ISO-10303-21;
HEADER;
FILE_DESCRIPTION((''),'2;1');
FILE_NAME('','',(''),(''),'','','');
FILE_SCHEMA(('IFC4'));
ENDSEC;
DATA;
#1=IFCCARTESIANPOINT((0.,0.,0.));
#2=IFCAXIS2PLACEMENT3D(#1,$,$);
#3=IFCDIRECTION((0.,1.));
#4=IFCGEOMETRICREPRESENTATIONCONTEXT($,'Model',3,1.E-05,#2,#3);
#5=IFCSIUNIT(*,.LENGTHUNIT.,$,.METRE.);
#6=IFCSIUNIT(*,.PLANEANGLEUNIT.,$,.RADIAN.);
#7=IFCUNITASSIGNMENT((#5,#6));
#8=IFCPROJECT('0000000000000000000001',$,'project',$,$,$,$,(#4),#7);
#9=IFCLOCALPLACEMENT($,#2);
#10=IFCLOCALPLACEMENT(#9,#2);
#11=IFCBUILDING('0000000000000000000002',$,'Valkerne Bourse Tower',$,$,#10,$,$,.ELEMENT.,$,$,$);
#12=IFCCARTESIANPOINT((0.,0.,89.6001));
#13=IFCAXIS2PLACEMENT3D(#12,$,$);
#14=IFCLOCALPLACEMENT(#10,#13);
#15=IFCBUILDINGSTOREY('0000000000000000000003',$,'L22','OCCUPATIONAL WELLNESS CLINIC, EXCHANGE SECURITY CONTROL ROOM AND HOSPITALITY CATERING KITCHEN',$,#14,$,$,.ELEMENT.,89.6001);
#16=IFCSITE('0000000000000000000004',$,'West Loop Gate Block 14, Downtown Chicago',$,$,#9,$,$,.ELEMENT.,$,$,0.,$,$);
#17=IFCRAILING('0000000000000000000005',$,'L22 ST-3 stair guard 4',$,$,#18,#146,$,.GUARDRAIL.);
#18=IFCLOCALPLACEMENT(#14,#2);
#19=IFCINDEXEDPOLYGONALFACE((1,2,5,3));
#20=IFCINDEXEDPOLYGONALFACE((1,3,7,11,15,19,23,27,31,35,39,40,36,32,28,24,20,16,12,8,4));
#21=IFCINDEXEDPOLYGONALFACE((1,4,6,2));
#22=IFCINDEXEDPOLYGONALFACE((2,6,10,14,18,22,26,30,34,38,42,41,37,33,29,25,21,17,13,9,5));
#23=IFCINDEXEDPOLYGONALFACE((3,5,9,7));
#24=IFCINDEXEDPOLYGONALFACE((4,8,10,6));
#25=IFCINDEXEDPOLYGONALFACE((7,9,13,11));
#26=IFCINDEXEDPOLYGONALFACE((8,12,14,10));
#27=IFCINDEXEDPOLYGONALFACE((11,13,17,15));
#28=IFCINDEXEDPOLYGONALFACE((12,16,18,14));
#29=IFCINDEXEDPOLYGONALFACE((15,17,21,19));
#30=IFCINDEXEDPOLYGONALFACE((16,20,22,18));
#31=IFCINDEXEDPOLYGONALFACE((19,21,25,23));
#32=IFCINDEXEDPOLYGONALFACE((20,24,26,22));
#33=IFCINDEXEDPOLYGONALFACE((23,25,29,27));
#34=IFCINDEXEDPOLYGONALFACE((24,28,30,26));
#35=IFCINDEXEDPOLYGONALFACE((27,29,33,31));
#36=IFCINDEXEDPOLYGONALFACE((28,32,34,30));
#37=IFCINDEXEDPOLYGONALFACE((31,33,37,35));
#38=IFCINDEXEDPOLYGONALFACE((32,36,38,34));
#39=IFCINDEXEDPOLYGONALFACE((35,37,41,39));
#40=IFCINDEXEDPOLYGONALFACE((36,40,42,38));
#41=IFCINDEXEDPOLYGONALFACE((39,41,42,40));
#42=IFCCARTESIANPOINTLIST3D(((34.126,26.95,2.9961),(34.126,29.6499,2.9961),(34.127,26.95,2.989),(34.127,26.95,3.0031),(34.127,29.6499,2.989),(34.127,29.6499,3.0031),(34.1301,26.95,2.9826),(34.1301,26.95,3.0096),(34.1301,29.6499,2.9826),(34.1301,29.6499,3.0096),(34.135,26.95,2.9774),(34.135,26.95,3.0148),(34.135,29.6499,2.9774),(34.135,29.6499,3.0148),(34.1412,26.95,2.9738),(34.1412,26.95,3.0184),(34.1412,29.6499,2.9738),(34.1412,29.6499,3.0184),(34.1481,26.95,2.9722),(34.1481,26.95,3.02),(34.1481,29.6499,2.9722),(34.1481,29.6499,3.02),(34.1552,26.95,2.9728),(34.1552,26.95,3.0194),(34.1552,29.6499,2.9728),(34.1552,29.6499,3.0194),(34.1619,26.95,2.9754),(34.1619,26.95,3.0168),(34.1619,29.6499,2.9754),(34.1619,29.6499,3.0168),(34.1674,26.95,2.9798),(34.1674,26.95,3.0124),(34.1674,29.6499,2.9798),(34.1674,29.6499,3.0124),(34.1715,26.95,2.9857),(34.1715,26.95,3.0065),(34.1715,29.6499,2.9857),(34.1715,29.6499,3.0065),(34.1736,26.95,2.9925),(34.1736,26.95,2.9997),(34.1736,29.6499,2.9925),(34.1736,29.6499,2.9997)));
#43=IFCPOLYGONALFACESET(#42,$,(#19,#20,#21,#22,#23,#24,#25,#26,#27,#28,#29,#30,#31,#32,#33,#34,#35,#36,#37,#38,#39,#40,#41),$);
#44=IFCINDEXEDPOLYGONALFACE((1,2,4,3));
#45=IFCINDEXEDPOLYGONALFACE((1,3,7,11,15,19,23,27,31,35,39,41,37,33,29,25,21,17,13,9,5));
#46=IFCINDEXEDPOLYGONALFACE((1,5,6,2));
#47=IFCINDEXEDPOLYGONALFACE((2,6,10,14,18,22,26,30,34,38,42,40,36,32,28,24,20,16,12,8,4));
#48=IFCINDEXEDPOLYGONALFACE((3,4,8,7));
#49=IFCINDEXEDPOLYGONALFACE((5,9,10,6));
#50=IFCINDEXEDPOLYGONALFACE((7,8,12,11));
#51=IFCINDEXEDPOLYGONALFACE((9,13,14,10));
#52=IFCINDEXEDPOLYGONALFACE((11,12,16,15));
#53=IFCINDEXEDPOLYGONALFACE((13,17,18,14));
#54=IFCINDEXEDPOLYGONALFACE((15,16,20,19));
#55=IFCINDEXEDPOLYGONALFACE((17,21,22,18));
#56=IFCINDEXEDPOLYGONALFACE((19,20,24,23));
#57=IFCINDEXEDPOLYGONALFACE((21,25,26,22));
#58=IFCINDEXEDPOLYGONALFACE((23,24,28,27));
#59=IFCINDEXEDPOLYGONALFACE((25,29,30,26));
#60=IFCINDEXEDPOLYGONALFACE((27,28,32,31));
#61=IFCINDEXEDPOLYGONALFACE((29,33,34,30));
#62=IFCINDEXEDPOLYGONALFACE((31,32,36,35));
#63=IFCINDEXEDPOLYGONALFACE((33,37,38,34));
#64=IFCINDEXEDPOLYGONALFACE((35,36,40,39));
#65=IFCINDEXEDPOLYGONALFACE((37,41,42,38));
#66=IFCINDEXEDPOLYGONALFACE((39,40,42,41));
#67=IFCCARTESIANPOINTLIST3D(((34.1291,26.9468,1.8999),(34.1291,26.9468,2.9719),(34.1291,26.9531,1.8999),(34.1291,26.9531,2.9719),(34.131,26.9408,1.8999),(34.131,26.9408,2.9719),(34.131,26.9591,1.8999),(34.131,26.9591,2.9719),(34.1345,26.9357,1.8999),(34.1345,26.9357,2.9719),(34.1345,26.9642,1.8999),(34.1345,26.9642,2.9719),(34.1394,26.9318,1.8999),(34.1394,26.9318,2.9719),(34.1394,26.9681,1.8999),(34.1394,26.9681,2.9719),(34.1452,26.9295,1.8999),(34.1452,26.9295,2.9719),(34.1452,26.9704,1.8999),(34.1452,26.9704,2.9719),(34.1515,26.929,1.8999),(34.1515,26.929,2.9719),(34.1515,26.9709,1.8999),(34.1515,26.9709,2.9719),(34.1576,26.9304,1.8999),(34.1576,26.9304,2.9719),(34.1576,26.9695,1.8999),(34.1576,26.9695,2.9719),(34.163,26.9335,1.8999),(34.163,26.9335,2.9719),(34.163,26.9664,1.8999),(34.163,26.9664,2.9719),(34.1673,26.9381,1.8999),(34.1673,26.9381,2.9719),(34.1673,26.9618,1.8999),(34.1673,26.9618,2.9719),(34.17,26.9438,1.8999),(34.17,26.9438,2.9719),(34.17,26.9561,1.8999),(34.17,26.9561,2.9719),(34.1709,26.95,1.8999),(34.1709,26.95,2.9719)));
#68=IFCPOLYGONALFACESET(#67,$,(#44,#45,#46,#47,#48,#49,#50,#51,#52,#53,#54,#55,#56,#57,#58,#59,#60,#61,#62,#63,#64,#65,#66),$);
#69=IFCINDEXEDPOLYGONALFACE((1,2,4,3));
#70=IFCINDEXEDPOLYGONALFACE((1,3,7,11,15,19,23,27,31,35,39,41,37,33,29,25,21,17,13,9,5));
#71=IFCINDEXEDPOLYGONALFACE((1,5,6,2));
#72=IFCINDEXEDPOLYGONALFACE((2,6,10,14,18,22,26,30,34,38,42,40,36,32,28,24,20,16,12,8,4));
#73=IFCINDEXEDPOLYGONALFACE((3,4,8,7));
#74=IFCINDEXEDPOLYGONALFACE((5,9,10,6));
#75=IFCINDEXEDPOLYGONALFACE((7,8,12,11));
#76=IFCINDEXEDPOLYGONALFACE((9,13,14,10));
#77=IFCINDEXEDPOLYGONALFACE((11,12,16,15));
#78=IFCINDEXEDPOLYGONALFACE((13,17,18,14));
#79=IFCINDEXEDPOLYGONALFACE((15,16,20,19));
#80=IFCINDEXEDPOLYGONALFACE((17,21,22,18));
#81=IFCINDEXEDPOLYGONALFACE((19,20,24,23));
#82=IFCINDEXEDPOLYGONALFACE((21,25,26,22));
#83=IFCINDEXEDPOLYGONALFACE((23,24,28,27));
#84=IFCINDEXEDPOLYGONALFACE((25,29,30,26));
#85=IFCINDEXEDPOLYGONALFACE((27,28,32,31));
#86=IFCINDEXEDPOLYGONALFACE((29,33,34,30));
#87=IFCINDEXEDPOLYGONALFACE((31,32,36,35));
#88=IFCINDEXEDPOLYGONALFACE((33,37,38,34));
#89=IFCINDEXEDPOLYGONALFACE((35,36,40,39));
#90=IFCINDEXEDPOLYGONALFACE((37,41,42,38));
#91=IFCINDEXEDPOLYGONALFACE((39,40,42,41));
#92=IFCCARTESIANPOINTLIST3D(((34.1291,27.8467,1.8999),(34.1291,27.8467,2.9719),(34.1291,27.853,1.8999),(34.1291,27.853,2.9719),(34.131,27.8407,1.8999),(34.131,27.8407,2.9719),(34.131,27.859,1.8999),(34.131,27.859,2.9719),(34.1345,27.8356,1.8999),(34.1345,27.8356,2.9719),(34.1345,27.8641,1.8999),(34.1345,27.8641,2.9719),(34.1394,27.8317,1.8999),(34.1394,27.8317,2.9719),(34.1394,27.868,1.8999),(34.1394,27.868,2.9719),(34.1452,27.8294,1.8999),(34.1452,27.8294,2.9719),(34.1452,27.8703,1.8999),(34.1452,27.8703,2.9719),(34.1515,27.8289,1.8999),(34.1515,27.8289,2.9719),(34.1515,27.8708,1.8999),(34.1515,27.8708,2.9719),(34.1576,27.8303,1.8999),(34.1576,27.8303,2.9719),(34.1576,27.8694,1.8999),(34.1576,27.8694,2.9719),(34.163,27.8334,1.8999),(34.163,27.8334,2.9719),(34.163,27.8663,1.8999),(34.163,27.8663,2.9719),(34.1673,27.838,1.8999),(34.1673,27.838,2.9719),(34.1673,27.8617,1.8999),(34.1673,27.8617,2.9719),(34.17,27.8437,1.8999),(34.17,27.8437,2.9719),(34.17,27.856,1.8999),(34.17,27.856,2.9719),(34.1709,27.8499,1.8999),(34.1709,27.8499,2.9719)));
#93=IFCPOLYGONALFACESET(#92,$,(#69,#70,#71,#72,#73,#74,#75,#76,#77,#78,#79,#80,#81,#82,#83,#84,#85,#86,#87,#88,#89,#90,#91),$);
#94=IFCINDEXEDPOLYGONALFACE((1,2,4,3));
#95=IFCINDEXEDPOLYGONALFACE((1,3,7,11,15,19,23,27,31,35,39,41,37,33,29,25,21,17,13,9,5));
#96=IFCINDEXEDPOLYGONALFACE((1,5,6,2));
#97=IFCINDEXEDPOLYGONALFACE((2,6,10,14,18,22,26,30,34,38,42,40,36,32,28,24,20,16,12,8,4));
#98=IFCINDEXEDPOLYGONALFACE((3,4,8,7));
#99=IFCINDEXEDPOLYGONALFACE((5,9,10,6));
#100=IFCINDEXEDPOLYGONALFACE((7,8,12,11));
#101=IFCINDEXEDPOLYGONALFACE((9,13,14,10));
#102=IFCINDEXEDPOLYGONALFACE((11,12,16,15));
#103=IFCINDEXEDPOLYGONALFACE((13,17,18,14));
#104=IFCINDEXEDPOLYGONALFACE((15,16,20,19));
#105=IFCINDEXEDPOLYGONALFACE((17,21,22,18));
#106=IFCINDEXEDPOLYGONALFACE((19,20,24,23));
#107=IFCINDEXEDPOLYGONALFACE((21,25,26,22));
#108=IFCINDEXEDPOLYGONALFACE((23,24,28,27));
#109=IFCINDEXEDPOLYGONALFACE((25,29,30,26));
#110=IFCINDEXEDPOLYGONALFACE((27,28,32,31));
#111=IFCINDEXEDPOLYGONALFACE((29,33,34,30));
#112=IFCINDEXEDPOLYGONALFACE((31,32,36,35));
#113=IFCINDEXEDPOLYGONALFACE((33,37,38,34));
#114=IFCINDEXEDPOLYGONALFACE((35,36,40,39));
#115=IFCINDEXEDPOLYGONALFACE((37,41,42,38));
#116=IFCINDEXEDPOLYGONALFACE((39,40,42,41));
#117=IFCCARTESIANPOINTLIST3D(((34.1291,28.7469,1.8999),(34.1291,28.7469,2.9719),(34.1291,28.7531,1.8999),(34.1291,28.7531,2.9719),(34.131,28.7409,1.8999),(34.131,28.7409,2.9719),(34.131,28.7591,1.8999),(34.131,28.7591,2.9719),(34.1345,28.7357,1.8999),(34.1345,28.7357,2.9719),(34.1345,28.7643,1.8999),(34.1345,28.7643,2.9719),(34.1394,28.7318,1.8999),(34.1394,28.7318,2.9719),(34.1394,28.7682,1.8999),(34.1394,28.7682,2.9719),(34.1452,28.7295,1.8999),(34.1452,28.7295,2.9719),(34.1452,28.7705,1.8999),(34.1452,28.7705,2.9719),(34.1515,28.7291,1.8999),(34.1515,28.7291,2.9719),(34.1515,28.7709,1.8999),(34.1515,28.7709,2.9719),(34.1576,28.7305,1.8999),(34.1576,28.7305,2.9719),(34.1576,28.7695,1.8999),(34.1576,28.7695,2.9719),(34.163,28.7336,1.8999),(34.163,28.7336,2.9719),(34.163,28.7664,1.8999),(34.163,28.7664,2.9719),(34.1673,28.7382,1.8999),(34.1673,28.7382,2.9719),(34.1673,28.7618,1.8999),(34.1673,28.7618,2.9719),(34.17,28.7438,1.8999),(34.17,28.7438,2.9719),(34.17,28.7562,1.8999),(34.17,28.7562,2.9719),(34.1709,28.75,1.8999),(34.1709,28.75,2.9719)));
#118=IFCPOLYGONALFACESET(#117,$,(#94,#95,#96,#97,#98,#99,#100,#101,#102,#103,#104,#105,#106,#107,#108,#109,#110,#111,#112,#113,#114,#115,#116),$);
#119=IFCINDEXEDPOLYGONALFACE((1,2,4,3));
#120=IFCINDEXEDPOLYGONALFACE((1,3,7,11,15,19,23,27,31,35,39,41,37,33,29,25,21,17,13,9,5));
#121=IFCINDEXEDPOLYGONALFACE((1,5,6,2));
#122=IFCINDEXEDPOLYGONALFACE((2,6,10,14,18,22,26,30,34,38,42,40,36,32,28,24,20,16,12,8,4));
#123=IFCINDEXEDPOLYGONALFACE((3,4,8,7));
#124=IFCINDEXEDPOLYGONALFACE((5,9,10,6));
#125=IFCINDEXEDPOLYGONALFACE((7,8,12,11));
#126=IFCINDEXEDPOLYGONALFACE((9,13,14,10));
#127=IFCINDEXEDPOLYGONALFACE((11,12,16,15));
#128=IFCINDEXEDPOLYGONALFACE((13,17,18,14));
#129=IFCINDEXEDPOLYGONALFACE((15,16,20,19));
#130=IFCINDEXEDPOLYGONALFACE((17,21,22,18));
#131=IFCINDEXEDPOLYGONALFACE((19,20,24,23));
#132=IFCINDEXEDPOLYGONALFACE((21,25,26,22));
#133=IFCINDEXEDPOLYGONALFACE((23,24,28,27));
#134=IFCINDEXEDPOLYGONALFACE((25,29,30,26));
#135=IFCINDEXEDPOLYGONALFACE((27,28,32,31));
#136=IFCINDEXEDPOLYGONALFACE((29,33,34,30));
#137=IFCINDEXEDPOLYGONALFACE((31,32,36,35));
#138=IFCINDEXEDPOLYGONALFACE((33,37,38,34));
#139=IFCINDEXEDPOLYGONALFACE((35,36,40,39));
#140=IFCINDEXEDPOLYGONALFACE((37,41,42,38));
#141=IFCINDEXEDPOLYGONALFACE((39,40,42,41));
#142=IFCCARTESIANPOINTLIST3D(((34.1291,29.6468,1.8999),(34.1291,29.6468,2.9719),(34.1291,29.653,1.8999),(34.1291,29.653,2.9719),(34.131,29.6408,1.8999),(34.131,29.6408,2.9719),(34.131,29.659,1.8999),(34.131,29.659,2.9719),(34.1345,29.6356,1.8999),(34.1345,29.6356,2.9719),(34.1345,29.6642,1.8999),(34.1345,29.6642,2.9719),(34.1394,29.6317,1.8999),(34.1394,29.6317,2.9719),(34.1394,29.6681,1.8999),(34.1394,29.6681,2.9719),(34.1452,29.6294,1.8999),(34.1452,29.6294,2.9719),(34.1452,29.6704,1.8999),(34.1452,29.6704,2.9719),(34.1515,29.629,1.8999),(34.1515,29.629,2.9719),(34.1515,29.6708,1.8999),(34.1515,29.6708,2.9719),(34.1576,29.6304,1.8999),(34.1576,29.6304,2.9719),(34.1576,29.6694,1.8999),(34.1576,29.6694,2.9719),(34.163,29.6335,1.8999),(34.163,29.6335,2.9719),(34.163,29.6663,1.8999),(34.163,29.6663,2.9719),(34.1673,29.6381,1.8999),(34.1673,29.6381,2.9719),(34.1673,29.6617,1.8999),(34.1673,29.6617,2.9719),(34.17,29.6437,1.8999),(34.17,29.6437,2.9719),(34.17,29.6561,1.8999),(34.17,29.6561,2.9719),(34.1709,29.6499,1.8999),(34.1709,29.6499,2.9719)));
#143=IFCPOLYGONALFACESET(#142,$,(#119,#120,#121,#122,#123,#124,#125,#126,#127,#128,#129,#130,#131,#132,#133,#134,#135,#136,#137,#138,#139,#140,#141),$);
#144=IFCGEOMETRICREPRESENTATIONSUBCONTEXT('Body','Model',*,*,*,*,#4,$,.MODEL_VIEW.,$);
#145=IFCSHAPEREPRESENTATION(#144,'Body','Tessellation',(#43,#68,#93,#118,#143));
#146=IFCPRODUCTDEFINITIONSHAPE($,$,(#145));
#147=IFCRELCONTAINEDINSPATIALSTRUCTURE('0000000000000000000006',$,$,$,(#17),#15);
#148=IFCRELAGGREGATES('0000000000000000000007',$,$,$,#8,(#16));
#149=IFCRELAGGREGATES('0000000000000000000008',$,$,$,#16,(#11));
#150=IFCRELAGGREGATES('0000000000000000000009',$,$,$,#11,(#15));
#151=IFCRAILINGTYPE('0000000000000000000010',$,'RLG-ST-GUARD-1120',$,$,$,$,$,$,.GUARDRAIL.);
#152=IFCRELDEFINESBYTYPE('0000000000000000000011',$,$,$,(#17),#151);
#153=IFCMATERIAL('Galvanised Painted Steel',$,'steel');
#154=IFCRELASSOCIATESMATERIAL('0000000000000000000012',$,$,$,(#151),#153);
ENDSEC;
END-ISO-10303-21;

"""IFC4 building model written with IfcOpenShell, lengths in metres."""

from ifc_helpers import new_model, si_unit, direction, frame, origin, origin_2d, place, context, subcontext, project, spatial, circle, extrude, material, type_object, element, save


model = new_model("IFC4")

# Units and contexts
model_context = context("Model", 3, precision=1e-05, world=origin(), true_north=direction((0.0, 1.0)))
body_context = subcontext(model_context, "Body", "Model", "MODEL_VIEW")
ifc_project = project(units=[si_unit("LENGTHUNIT", "METRE"), si_unit("PLANEANGLEUNIT", "RADIAN")], contexts=[model_context])

# Site, building, storey
site_placement = place(None, origin())
site = spatial("IfcSite", under=ifc_project, at=site_placement, Name="West Loop Gate Block 14, Downtown Chicago", CompositionType="ELEMENT", RefElevation=0.0)
building_placement = place(site_placement, origin())
building = spatial("IfcBuilding", under=site, at=building_placement, Name="Valkerne Bourse Tower", CompositionType="ELEMENT")
storey_placement = place(building_placement, frame((0.0, 0.0, 89.6001)))
storey = spatial("IfcBuildingStorey", under=building, at=storey_placement, Name="L22", Description="OCCUPATIONAL WELLNESS CLINIC, EXCHANGE SECURITY CONTROL ROOM AND HOSPITALITY CATERING KITCHEN", CompositionType="ELEMENT", Elevation=89.6001)

# Shared definitions
ifc_material_1 = material(Name="Galvanised Painted Steel", Category="steel")

# Railing
railing_type_1 = type_object("IfcRailingType", Name="RLG-ST-GUARD-1120", PredefinedType="GUARDRAIL", material=ifc_material_1)
for number, where, name in (
    (1, (34.1499, 26.95, 1.8999), "L22 ST-3 stair guard 4"),
):
    element("IfcRailing", number, at=place(storey_placement, frame(where)), inside=storey, type_object=railing_type_1, Name=name, PredefinedType="GUARDRAIL", context=body_context, shape_type="SweptSolid", body=[
        extrude(circle(Radius=0.0239, at=origin_2d()), frame((0.0, 0.0, 1.0962), z_axis=(0.0, 1.0, 0.0), x_axis=(-1.0, 0.0, 0.0)), (0.0, 0.0, 1.0), 2.7),
        extrude(circle(Radius=0.021, at=origin_2d()), origin(), (0.0, 0.0, 1.0), 1.072),
        extrude(circle(Radius=0.021, at=origin_2d()), frame((0.0, 0.8999, 0.0)), (0.0, 0.0, 1.0), 1.072),
        extrude(circle(Radius=0.021, at=origin_2d()), frame((0.0, 1.8, 0.0)), (0.0, 0.0, 1.0), 1.072),
        extrude(circle(Radius=0.021, at=origin_2d()), frame((0.0, 2.7, 0.0)), (0.0, 0.0, 1.0), 1.072),
    ])

save(model, "model.ifc")
